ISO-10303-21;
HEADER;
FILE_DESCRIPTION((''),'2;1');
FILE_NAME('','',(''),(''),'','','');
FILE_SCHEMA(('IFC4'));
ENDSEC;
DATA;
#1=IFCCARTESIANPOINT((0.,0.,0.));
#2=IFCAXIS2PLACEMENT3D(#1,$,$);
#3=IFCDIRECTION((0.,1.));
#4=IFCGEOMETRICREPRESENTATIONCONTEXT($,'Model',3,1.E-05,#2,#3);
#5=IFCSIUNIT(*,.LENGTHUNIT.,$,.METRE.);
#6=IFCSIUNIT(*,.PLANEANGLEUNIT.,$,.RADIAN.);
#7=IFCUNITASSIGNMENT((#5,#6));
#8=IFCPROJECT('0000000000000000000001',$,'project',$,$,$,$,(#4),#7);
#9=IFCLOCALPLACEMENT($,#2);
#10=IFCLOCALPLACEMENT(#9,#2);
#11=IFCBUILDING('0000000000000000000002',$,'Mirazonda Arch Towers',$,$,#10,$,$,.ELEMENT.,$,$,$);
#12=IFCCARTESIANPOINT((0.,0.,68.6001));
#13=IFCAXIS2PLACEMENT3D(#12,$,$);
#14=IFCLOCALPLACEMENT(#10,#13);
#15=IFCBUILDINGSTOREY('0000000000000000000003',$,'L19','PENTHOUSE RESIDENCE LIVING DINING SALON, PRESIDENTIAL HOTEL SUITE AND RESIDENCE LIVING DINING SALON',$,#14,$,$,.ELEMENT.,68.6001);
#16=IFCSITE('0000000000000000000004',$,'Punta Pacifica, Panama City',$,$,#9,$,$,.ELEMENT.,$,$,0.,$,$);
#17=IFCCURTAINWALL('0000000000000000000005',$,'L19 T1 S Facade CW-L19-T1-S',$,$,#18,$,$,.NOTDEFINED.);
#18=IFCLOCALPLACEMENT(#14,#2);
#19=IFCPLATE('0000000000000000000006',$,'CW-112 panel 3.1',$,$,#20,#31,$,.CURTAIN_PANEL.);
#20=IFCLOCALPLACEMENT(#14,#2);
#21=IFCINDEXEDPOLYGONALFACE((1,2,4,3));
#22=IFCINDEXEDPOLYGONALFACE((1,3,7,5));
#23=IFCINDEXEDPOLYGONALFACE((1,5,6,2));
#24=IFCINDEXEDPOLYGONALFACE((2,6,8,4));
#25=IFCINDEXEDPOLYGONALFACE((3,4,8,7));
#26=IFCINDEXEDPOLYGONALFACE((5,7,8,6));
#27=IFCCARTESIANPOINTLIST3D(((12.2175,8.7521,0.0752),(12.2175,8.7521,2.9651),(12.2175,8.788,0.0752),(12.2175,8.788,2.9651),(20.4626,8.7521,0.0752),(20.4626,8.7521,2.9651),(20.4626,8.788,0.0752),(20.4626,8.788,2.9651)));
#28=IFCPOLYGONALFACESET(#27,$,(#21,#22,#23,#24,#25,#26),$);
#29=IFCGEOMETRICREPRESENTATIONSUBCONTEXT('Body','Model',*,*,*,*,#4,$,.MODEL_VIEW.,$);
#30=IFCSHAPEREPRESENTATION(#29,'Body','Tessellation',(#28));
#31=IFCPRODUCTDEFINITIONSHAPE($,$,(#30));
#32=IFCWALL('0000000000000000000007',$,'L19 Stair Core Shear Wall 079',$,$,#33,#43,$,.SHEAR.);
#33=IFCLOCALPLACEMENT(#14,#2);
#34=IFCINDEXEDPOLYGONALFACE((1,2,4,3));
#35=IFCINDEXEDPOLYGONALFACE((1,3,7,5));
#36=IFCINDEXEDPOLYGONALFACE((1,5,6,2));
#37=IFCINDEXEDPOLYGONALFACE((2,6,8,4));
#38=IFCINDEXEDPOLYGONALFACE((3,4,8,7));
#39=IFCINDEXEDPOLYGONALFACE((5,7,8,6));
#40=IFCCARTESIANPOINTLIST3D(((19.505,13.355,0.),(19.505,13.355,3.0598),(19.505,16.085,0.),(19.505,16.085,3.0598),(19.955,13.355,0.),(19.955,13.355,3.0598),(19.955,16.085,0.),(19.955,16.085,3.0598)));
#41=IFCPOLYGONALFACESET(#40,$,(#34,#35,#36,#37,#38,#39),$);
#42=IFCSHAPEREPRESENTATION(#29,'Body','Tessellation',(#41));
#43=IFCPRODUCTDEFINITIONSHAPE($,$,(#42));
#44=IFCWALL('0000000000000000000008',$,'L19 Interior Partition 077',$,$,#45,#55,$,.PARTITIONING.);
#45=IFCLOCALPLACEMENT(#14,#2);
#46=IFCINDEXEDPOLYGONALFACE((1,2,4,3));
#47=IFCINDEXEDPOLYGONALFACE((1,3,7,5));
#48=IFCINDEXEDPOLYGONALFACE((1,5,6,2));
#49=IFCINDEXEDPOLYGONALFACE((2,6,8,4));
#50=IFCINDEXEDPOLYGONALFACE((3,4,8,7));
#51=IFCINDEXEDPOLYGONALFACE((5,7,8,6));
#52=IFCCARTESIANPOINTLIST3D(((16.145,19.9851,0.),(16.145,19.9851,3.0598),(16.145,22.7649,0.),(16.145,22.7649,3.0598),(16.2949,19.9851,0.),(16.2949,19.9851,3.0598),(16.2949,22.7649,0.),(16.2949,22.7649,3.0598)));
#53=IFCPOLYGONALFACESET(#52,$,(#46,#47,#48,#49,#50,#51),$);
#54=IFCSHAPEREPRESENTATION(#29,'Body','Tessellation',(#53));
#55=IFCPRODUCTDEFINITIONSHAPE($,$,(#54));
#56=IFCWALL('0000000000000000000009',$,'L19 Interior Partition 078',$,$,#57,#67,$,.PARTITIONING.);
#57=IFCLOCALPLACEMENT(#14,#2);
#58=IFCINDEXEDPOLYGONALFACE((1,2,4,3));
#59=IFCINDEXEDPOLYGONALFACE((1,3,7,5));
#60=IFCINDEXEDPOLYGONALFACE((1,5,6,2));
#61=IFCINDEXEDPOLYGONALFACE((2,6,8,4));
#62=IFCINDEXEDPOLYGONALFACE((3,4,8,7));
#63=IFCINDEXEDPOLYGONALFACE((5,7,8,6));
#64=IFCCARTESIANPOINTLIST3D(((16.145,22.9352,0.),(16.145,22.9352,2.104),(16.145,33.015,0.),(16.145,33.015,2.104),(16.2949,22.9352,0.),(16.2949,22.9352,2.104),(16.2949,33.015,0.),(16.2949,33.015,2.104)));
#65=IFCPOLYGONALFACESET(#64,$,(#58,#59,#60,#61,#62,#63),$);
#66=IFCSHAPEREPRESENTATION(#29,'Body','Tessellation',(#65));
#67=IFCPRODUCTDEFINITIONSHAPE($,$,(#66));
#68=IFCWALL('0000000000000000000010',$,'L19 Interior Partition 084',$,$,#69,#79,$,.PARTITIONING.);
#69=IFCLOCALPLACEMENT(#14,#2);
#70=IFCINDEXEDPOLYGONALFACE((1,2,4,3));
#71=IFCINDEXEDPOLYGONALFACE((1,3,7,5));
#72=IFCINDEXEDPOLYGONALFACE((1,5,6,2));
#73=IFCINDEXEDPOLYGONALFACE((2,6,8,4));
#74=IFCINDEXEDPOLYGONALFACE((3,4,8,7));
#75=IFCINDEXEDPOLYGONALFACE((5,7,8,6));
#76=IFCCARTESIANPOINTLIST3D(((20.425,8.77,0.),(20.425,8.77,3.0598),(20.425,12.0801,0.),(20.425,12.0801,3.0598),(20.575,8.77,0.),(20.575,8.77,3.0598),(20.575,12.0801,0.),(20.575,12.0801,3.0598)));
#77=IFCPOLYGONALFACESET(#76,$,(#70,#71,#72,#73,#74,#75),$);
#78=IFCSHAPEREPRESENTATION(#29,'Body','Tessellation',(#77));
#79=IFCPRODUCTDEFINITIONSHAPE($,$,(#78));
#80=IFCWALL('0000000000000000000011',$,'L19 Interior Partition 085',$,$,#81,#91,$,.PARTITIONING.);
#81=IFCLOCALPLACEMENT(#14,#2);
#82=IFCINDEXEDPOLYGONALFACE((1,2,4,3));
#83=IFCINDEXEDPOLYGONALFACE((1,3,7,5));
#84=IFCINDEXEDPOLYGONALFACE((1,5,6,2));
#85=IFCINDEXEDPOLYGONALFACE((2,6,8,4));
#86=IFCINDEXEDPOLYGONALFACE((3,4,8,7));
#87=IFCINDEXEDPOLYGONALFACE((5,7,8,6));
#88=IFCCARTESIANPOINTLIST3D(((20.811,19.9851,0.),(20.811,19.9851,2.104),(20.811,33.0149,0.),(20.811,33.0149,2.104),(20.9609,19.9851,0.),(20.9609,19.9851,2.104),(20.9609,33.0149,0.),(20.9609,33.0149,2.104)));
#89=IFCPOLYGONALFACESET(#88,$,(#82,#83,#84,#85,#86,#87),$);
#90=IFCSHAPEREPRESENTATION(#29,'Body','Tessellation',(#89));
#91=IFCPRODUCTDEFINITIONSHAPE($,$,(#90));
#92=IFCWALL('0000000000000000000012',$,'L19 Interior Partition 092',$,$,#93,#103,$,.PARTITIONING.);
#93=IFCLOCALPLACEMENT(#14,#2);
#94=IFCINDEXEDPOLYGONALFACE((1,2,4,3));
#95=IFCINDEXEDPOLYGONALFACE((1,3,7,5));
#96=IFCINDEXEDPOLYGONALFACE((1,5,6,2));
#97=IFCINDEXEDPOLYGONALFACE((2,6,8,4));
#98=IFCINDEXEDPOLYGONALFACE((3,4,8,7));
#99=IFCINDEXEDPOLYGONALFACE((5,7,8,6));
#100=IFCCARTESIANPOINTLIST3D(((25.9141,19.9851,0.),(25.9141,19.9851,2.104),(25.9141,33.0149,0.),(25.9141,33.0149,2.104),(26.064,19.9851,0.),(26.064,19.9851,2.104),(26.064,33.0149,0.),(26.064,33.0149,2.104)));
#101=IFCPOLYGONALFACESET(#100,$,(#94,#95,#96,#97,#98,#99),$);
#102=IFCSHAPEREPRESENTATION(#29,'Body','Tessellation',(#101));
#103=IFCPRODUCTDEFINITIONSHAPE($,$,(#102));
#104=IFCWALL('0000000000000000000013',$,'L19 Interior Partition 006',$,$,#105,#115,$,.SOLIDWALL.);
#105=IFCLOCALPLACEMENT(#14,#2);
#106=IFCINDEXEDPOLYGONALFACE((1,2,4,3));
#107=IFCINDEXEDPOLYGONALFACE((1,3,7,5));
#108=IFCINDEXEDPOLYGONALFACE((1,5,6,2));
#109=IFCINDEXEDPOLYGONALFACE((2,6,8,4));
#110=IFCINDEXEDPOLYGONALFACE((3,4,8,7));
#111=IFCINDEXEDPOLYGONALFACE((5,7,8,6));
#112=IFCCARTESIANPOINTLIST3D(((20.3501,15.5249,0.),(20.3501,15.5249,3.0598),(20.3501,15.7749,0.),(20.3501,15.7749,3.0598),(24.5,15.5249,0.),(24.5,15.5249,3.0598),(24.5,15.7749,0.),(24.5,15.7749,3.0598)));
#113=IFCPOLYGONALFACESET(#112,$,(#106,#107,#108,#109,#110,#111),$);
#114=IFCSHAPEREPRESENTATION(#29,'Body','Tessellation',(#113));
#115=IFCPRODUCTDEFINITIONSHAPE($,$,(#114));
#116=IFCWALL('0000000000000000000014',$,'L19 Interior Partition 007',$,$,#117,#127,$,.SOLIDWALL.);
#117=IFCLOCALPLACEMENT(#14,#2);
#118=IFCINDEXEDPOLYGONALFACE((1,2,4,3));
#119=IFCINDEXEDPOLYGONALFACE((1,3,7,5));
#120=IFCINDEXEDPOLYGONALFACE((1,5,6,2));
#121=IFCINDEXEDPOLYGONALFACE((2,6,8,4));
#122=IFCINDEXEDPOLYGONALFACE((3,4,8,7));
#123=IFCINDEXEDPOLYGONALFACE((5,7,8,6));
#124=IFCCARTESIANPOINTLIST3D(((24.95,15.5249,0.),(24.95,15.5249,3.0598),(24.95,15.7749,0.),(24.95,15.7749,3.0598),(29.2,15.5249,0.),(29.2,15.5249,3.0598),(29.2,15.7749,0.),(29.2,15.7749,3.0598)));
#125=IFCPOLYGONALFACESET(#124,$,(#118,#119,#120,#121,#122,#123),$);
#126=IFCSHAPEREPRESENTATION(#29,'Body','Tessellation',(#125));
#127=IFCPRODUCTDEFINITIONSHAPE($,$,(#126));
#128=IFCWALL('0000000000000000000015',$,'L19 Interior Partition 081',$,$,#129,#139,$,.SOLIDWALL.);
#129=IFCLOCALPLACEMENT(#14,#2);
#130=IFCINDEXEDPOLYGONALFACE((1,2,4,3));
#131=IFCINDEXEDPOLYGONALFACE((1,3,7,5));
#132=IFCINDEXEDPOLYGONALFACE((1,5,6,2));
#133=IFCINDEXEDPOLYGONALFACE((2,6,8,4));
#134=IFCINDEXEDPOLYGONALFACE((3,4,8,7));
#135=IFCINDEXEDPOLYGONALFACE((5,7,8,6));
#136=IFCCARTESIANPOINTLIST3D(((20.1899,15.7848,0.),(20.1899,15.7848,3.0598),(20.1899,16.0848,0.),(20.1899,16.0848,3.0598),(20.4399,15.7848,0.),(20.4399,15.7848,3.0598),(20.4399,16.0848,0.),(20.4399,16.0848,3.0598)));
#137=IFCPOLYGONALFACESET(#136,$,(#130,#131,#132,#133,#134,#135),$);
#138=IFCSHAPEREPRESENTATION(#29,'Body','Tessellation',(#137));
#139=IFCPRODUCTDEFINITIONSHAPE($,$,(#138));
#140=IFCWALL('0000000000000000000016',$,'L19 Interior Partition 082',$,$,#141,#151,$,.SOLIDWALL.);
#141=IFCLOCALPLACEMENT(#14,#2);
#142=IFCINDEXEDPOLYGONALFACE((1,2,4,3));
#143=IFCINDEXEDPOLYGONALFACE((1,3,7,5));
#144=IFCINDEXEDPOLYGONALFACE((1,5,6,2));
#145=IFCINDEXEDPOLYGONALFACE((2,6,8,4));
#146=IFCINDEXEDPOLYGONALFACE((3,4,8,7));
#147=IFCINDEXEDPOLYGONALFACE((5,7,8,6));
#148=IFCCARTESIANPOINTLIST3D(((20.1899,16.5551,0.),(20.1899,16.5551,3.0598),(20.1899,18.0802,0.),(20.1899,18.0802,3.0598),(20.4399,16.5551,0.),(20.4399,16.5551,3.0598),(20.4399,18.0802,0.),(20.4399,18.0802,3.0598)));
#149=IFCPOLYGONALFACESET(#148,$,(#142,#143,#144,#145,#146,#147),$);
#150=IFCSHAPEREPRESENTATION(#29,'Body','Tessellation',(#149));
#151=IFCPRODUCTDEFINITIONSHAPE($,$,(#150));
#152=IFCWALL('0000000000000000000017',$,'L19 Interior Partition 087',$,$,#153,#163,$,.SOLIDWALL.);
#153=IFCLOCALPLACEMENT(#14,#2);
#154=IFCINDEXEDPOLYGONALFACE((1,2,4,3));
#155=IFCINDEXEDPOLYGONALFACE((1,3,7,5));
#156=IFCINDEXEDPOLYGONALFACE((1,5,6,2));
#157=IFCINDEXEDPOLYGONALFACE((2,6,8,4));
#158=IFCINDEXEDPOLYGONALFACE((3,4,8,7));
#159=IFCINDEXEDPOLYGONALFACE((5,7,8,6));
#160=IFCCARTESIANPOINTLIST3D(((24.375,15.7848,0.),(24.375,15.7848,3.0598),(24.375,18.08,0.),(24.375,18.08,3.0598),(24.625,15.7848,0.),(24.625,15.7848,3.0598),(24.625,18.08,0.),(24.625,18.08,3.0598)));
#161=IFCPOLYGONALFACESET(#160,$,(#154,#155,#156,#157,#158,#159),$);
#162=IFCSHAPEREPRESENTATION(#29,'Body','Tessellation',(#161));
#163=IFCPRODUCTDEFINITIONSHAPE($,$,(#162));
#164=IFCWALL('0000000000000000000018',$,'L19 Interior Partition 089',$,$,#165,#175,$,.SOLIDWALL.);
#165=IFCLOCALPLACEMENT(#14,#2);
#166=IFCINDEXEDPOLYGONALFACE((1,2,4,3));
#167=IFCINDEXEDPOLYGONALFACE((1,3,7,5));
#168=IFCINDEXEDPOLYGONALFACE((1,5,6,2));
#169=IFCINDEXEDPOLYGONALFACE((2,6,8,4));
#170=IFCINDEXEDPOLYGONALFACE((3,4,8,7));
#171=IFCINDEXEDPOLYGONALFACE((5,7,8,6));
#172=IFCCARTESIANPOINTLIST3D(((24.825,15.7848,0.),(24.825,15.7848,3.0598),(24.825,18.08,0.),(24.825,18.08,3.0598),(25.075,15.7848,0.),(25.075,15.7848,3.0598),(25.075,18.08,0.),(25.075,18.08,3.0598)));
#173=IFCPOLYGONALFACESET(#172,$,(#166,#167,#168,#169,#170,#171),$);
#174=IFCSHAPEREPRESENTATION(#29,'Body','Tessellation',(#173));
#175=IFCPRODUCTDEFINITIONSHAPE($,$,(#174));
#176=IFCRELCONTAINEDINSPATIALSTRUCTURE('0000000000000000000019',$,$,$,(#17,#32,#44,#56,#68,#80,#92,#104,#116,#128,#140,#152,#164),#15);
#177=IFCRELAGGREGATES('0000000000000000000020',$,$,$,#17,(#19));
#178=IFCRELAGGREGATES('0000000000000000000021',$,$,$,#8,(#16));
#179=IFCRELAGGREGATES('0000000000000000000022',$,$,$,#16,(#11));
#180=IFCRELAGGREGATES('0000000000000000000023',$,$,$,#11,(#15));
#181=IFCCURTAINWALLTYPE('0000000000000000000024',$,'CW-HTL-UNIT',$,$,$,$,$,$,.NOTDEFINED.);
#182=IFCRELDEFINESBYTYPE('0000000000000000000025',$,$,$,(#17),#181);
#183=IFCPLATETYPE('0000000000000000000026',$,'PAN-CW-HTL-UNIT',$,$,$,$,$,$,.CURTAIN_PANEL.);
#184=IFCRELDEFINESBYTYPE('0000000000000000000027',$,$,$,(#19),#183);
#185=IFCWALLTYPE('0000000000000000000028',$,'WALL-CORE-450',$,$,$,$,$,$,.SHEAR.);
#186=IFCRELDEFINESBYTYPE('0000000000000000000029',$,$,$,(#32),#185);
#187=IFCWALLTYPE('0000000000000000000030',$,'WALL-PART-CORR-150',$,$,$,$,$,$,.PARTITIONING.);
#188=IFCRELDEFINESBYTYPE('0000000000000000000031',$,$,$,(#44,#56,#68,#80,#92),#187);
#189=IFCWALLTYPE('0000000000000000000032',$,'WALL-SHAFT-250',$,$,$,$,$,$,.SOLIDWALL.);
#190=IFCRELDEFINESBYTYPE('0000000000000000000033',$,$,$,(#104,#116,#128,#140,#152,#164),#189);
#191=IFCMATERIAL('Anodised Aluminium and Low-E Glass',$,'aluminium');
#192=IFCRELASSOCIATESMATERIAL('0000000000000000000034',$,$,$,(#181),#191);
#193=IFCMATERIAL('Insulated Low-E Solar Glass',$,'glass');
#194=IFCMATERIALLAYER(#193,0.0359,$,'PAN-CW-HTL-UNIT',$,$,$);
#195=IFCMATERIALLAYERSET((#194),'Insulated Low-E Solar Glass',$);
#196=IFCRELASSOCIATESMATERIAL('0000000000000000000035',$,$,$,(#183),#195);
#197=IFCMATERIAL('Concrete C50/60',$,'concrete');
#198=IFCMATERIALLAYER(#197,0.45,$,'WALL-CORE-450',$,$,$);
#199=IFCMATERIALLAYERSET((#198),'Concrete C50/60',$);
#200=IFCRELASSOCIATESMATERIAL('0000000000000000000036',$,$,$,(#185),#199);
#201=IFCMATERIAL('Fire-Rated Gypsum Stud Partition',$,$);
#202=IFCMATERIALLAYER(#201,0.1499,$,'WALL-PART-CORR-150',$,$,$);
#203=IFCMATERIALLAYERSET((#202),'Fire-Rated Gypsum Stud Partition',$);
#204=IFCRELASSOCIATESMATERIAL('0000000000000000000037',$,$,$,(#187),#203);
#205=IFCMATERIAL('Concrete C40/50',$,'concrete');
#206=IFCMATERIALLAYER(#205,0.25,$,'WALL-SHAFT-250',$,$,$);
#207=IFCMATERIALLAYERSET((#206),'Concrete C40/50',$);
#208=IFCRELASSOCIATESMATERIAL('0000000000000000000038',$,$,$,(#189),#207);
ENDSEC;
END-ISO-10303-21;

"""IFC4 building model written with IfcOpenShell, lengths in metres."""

from ifc_helpers import new_model, si_unit, direction, frame, frame_2d, origin, origin_2d, place, context, subcontext, project, spatial, rectangle, extrude, material, layer, layer_set, type_object, element, aggregate, save


model = new_model("IFC4")

# Units and contexts
model_context = context("Model", 3, precision=1e-05, world=origin(), true_north=direction((0.0, 1.0)))
body_context = subcontext(model_context, "Body", "Model", "MODEL_VIEW")
ifc_project = project(units=[si_unit("LENGTHUNIT", "METRE"), si_unit("PLANEANGLEUNIT", "RADIAN")], contexts=[model_context])

# Site, building, storey
site_placement = place(None, origin())
site = spatial("IfcSite", under=ifc_project, at=site_placement, Name="Punta Pacifica, Panama City", CompositionType="ELEMENT", RefElevation=0.0)
building_placement = place(site_placement, origin())
building = spatial("IfcBuilding", under=site, at=building_placement, Name="Mirazonda Arch Towers", CompositionType="ELEMENT")
storey_placement = place(building_placement, frame((0.0, 0.0, 68.6001)))
storey = spatial("IfcBuildingStorey", under=building, at=storey_placement, Name="L19", Description="PENTHOUSE RESIDENCE LIVING DINING SALON, PRESIDENTIAL HOTEL SUITE AND RESIDENCE LIVING DINING SALON", CompositionType="ELEMENT", Elevation=68.6001)

# Curtain wall, plate
ifc_material_1 = material(Name="Anodised Aluminium and Low-E Glass", Category="aluminium")
curtain_wall_type = type_object("IfcCurtainWallType", Name="CW-HTL-UNIT", PredefinedType="NOTDEFINED", material=ifc_material_1)
curtain_wall_placement = place(storey_placement, origin())
curtain_wall = element("IfcCurtainWall", 1, at=curtain_wall_placement, inside=storey, type_object=curtain_wall_type, Name="L19 T1 S Facade CW-L19-T1-S", PredefinedType="NOTDEFINED")
ifc_material_2 = material(Name="Insulated Low-E Solar Glass", Category="glass")
ifc_layer_1 = layer(ifc_material_2, 0.0359, Name="PAN-CW-HTL-UNIT")
ifc_layer_set_1 = layer_set([ifc_layer_1], Name="Insulated Low-E Solar Glass")
plate_type = type_object("IfcPlateType", Name="PAN-CW-HTL-UNIT", PredefinedType="CURTAIN_PANEL", material=ifc_layer_set_1)
plate_1_placement = place(storey_placement, frame((16.3401, 8.77, 0.0752), z_axis=(0.0, 0.0, 1.0), x_axis=(-1.0, 0.0, 0.0)))
plate_1 = element("IfcPlate", 2, at=plate_1_placement, type_object=plate_type, Name="CW-112 panel 3.1", PredefinedType="CURTAIN_PANEL", context=body_context, shape_type="SweptSolid", body=[
    extrude(rectangle(XDim=8.2451, YDim=0.0359, at=origin_2d()), origin(), (0.0, 0.0, 1.0), 2.8899),
])
aggregate(curtain_wall, [plate_1])

# Walls
ifc_material_3 = material(Name="Concrete C50/60", Category="concrete")
ifc_layer_2 = layer(ifc_material_3, 0.45, Name="WALL-CORE-450")
ifc_layer_set_2 = layer_set([ifc_layer_2], Name="Concrete C50/60")
wall_type_1 = type_object("IfcWallType", Name="WALL-CORE-450", PredefinedType="SHEAR", material=ifc_layer_set_2)
wall_1_placement = place(storey_placement, frame((19.73, 13.355, 0.0), z_axis=(0.0, 0.0, 1.0), x_axis=(0.0, 1.0, 0.0)))
element("IfcWall", 3, at=wall_1_placement, inside=storey, type_object=wall_type_1, Name="L19 Stair Core Shear Wall 079", PredefinedType="SHEAR", context=body_context, shape_type="SweptSolid", body=[
    extrude(rectangle(XDim=2.73, YDim=0.45, at=frame_2d((1.365, 0.0))), origin(), (0.0, 0.0, 1.0), 3.0598),
])
ifc_material_4 = material(Name="Fire-Rated Gypsum Stud Partition")
ifc_layer_3 = layer(ifc_material_4, 0.1499, Name="WALL-PART-CORR-150")
ifc_layer_set_3 = layer_set([ifc_layer_3], Name="Fire-Rated Gypsum Stud Partition")
wall_type_2 = type_object("IfcWallType", Name="WALL-PART-CORR-150", PredefinedType="PARTITIONING", material=ifc_layer_set_3)
wall_2_placement = place(storey_placement, frame((16.22, 19.9851, 0.0), z_axis=(0.0, 0.0, 1.0), x_axis=(0.0, 1.0, 0.0)))
element("IfcWall", 4, at=wall_2_placement, inside=storey, type_object=wall_type_2, Name="L19 Interior Partition 077", PredefinedType="PARTITIONING", context=body_context, shape_type="SweptSolid", body=[
    extrude(rectangle(XDim=2.7798, YDim=0.1499, at=frame_2d((1.3899, 0.0))), origin(), (0.0, 0.0, 1.0), 3.0598),
])
wall_3_placement = place(storey_placement, frame((16.22, 22.9351, 0.0), z_axis=(0.0, 0.0, 1.0), x_axis=(0.0, 1.0, 0.0)))
element("IfcWall", 5, at=wall_3_placement, inside=storey, type_object=wall_type_2, Name="L19 Interior Partition 078", PredefinedType="PARTITIONING", context=body_context, shape_type="SweptSolid", body=[
    extrude(rectangle(XDim=10.0798, YDim=0.1499, at=frame_2d((5.04, 0.0))), origin(), (0.0, 0.0, 1.0), 2.104),
])
wall_4_placement = place(storey_placement, frame((20.5, 8.77, 0.0), z_axis=(0.0, 0.0, 1.0), x_axis=(0.0, 1.0, 0.0)))
element("IfcWall", 6, at=wall_4_placement, inside=storey, type_object=wall_type_2, Name="L19 Interior Partition 084", PredefinedType="PARTITIONING", context=body_context, shape_type="SweptSolid", body=[
    extrude(rectangle(XDim=3.3101, YDim=0.1499, at=frame_2d((1.655, 0.0))), origin(), (0.0, 0.0, 1.0), 3.0598),
])
for number, where, z_axis, x_axis, name in (
    (7, (20.886, 19.9851, 0.0), (0.0, 0.0, 1.0), (0.0, 1.0, 0.0), "L19 Interior Partition 085"),
    (8, (25.989, 19.9851, 0.0), (0.0, 0.0, 1.0), (0.0, 1.0, 0.0), "L19 Interior Partition 092"),
):
    element("IfcWall", number, at=place(storey_placement, frame(where, z_axis=z_axis, x_axis=x_axis)), inside=storey, type_object=wall_type_2, Name=name, PredefinedType="PARTITIONING", context=body_context, shape_type="SweptSolid", body=[
        extrude(rectangle(XDim=13.0298, YDim=0.1499, at=frame_2d((6.5149, 0.0))), origin(), (0.0, 0.0, 1.0), 2.104),
    ])
ifc_material_5 = material(Name="Concrete C40/50", Category="concrete")
ifc_layer_4 = layer(ifc_material_5, 0.25, Name="WALL-SHAFT-250")
ifc_layer_set_4 = layer_set([ifc_layer_4], Name="Concrete C40/50")
wall_type_3 = type_object("IfcWallType", Name="WALL-SHAFT-250", PredefinedType="SOLIDWALL", material=ifc_layer_set_4)
wall_5_placement = place(storey_placement, frame((20.3501, 15.6499, 0.0), z_axis=(0.0, 0.0, 1.0), x_axis=(1.0, 0.0, 0.0)))
element("IfcWall", 9, at=wall_5_placement, inside=storey, type_object=wall_type_3, Name="L19 Interior Partition 006", PredefinedType="SOLIDWALL", context=body_context, shape_type="SweptSolid", body=[
    extrude(rectangle(XDim=4.1499, YDim=0.25, at=frame_2d((2.075, 0.0))), origin(), (0.0, 0.0, 1.0), 3.0598),
])
wall_6_placement = place(storey_placement, frame((24.95, 15.6499, 0.0), z_axis=(0.0, 0.0, 1.0), x_axis=(1.0, 0.0, 0.0)))
element("IfcWall", 10, at=wall_6_placement, inside=storey, type_object=wall_type_3, Name="L19 Interior Partition 007", PredefinedType="SOLIDWALL", context=body_context, shape_type="SweptSolid", body=[
    extrude(rectangle(XDim=4.25, YDim=0.25, at=frame_2d((2.125, 0.0))), origin(), (0.0, 0.0, 1.0), 3.0598),
])
wall_7_placement = place(storey_placement, frame((20.3149, 15.7849, 0.0), z_axis=(0.0, 0.0, 1.0), x_axis=(0.0, 1.0, 0.0)))
element("IfcWall", 11, at=wall_7_placement, inside=storey, type_object=wall_type_3, Name="L19 Interior Partition 081", PredefinedType="SOLIDWALL", context=body_context, shape_type="SweptSolid", body=[
    extrude(rectangle(XDim=0.3, YDim=0.25, at=frame_2d((0.1499, 0.0))), origin(), (0.0, 0.0, 1.0), 3.0598),
])
wall_8_placement = place(storey_placement, frame((20.3149, 16.5549, 0.0), z_axis=(0.0, 0.0, 1.0), x_axis=(0.0, 1.0, 0.0)))
element("IfcWall", 12, at=wall_8_placement, inside=storey, type_object=wall_type_3, Name="L19 Interior Partition 082", PredefinedType="SOLIDWALL", context=body_context, shape_type="SweptSolid", body=[
    extrude(rectangle(XDim=1.5251, YDim=0.25, at=frame_2d((0.7627, 0.0))), origin(), (0.0, 0.0, 1.0), 3.0598),
])
for number, where, z_axis, x_axis, name in (
    (13, (24.5, 15.7849, 0.0), (0.0, 0.0, 1.0), (0.0, 1.0, 0.0), "L19 Interior Partition 087"),
    (14, (24.95, 15.7849, 0.0), (0.0, 0.0, 1.0), (0.0, 1.0, 0.0), "L19 Interior Partition 089"),
):
    element("IfcWall", number, at=place(storey_placement, frame(where, z_axis=z_axis, x_axis=x_axis)), inside=storey, type_object=wall_type_3, Name=name, PredefinedType="SOLIDWALL", context=body_context, shape_type="SweptSolid", body=[
        extrude(rectangle(XDim=2.2952, YDim=0.25, at=frame_2d((1.1475, 0.0))), origin(), (0.0, 0.0, 1.0), 3.0598),
    ])

save(model, "model.ifc")
